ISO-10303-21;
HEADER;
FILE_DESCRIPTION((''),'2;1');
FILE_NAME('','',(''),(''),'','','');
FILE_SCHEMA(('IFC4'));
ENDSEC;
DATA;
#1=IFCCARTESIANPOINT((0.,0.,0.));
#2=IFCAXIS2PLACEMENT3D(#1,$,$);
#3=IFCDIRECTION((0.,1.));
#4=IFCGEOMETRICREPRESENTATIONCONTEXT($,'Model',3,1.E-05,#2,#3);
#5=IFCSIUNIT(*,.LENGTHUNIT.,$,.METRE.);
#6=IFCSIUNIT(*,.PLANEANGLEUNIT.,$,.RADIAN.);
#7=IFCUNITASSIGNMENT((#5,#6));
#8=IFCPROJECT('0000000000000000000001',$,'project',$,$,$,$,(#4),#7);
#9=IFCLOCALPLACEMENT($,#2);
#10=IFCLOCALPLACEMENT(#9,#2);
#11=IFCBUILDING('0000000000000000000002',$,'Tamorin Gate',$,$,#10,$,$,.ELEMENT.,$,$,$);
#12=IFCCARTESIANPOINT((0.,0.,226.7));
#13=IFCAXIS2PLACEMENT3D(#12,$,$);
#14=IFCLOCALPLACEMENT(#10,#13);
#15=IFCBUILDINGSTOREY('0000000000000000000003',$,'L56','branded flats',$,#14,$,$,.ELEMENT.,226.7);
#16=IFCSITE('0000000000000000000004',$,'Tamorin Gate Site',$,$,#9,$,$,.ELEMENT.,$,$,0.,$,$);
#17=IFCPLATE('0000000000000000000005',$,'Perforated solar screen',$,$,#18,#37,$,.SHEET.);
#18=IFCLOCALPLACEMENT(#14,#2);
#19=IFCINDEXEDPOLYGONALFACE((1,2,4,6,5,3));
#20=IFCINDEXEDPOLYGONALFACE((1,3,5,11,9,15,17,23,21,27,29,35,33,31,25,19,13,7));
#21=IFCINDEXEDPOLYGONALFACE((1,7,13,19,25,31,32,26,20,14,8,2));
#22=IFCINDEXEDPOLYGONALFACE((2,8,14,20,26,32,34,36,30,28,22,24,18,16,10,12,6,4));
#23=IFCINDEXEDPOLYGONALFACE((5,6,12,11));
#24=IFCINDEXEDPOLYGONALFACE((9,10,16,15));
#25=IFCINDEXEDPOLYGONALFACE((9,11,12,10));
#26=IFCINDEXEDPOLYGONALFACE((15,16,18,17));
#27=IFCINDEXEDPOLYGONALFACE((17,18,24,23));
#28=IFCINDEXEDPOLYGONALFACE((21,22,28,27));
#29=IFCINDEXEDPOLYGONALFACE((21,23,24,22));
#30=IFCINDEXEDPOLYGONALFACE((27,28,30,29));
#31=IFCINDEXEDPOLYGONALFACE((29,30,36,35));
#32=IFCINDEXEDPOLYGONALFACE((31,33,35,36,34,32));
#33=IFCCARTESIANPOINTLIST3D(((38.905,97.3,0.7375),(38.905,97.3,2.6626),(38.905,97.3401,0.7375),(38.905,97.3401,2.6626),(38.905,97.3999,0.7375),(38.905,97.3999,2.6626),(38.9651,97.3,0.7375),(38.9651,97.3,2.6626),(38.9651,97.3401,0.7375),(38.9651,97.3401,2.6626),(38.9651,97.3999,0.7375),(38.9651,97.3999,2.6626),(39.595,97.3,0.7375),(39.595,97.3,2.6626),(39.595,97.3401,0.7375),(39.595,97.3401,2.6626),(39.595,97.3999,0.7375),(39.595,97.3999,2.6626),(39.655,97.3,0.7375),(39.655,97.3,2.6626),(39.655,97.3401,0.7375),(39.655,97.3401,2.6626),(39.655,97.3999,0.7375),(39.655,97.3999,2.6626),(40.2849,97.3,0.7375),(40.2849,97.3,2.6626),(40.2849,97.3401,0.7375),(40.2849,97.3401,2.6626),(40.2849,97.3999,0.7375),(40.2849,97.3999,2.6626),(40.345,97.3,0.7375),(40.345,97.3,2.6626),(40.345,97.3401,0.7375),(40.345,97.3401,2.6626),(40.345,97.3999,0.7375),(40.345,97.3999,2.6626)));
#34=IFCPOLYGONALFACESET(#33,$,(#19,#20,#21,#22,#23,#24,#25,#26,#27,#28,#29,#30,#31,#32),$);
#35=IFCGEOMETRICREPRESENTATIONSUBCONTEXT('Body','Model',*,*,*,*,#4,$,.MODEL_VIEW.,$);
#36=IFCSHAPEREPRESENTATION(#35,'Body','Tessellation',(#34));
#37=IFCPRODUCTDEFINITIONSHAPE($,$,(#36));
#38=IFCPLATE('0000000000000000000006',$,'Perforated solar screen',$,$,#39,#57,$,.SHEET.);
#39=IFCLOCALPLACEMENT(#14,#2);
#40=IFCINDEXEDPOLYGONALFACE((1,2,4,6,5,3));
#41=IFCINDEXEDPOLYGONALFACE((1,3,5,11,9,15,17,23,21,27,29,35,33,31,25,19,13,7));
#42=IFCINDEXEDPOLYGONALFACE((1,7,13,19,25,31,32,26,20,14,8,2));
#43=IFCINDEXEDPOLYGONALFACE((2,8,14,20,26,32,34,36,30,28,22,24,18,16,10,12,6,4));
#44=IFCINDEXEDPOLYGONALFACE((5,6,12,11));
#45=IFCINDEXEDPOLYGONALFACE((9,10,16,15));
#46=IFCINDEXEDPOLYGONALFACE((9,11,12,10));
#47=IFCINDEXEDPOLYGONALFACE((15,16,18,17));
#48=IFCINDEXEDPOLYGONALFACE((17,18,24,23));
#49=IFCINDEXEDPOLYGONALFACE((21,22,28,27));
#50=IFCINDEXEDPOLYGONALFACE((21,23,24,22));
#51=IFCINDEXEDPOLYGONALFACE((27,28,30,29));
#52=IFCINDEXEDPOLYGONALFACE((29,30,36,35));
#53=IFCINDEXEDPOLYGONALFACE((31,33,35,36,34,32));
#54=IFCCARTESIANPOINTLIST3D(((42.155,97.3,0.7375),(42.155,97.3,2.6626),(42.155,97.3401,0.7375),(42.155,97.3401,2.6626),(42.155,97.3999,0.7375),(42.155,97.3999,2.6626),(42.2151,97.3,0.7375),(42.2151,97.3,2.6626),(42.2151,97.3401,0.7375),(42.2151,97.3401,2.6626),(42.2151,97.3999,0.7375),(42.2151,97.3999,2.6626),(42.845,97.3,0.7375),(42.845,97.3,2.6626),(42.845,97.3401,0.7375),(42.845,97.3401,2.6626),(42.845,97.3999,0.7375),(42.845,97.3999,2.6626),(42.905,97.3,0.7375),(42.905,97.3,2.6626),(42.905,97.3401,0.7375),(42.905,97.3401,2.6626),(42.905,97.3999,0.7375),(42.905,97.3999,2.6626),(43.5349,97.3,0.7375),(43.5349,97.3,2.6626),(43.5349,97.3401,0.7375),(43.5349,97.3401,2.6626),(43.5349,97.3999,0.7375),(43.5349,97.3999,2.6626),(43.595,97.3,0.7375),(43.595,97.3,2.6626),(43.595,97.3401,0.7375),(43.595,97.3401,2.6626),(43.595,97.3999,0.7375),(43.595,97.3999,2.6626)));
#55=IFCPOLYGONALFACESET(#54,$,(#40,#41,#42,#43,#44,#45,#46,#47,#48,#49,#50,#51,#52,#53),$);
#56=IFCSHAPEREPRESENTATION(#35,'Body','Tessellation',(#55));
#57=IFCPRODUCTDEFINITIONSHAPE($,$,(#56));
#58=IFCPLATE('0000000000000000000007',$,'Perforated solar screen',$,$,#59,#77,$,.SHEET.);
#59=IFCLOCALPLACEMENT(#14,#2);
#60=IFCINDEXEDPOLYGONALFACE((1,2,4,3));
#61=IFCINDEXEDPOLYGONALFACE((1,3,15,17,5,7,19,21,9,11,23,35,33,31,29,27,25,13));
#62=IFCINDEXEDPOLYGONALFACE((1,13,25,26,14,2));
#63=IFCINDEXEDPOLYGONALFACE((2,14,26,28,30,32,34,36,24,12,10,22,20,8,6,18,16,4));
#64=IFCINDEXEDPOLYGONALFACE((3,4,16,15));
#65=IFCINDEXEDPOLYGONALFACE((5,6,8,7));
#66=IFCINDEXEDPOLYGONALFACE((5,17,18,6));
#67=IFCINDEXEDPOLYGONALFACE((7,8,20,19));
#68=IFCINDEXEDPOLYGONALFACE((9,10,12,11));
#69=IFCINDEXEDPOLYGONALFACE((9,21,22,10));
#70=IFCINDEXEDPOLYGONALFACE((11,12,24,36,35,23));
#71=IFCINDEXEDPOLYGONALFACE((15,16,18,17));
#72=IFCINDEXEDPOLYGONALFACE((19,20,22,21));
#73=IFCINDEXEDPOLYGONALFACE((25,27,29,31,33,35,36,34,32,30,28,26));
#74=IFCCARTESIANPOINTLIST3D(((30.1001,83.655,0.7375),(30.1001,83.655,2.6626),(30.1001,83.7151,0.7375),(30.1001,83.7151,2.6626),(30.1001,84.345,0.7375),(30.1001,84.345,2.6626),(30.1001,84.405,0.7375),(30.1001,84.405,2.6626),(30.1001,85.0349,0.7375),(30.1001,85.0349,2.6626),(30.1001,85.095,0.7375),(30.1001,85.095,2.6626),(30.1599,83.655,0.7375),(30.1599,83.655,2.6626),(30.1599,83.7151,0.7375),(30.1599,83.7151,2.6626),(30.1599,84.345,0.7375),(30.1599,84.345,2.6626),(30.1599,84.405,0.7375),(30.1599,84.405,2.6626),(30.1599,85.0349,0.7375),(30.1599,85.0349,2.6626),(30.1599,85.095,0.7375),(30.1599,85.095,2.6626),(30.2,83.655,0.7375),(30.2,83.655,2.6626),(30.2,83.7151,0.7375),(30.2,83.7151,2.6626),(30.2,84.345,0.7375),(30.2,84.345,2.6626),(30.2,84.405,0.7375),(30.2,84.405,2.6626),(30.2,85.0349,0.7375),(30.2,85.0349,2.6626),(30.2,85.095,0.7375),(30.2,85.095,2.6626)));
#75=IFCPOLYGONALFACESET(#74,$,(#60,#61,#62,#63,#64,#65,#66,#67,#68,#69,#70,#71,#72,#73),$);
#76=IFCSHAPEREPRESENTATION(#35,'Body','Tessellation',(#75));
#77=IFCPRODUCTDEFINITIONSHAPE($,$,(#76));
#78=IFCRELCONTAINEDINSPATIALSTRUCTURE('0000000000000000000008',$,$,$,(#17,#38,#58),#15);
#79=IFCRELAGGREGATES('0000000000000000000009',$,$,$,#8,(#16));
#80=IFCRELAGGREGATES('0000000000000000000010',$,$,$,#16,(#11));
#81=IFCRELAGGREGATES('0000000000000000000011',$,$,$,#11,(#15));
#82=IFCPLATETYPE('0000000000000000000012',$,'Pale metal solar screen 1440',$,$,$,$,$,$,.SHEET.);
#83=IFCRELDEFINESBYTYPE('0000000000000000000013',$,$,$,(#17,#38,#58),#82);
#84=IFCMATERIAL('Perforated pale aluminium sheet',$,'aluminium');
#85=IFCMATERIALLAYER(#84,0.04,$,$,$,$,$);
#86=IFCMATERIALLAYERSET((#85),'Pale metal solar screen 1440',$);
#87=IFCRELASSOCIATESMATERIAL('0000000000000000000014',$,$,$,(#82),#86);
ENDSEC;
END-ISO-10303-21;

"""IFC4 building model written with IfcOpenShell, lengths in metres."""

from ifc_helpers import new_model, si_unit, direction, frame, origin, place, context, subcontext, project, spatial, polyline, outline, extrude, material, layer, layer_set, type_object, element, save


model = new_model("IFC4")

# Units and contexts
model_context = context("Model", 3, precision=1e-05, world=origin(), true_north=direction((0.0, 1.0)))
body_context = subcontext(model_context, "Body", "Model", "MODEL_VIEW")
ifc_project = project(units=[si_unit("LENGTHUNIT", "METRE"), si_unit("PLANEANGLEUNIT", "RADIAN")], contexts=[model_context])

# Site, building, storey
site_placement = place(None, origin())
site = spatial("IfcSite", under=ifc_project, at=site_placement, Name="Tamorin Gate Site", CompositionType="ELEMENT", RefElevation=0.0)
building_placement = place(site_placement, origin())
building = spatial("IfcBuilding", under=site, at=building_placement, Name="Tamorin Gate", CompositionType="ELEMENT")
storey_placement = place(building_placement, frame((0.0, 0.0, 226.7)))
storey = spatial("IfcBuildingStorey", under=building, at=storey_placement, Name="L56", Description="branded flats", CompositionType="ELEMENT", Elevation=226.7)

# Plates
ifc_material_1 = material(Name="Perforated pale aluminium sheet", Category="aluminium")
ifc_layer_1 = layer(ifc_material_1, 0.04)
ifc_layer_set_1 = layer_set([ifc_layer_1], Name="Pale metal solar screen 1440")
plate_type = type_object("IfcPlateType", Name="Pale metal solar screen 1440", PredefinedType="SHEET", material=ifc_layer_set_1)
plate_1_placement = place(storey_placement, frame((0.0, 0.0, 0.7375)))
element("IfcPlate", 1, at=plate_1_placement, inside=storey, type_object=plate_type, Name="Perforated solar screen", PredefinedType="SHEET", context=body_context, shape_type="SweptSolid", body=[
    extrude(outline(polyline([(40.345, 97.3401), (40.345, 97.3), (40.2849, 97.3), (39.655, 97.3), (39.595, 97.3), (38.9651, 97.3), (38.905, 97.3), (38.905, 97.3401), (38.905, 97.3999), (38.9651, 97.3999), (38.9651, 97.3401), (39.595, 97.3401), (39.595, 97.3999), (39.655, 97.3999), (39.655, 97.3401), (40.2849, 97.3401), (40.2849, 97.3999), (40.345, 97.3999), (40.345, 97.3401)])), origin(), (0.0, 0.0, 1.0), 1.925),
])
plate_2_placement = place(storey_placement, frame((0.0, 0.0, 0.7375)))
element("IfcPlate", 2, at=plate_2_placement, inside=storey, type_object=plate_type, Name="Perforated solar screen", PredefinedType="SHEET", context=body_context, shape_type="SweptSolid", body=[
    extrude(outline(polyline([(43.595, 97.3401), (43.595, 97.3), (43.5349, 97.3), (42.905, 97.3), (42.845, 97.3), (42.2151, 97.3), (42.155, 97.3), (42.155, 97.3401), (42.155, 97.3999), (42.2151, 97.3999), (42.2151, 97.3401), (42.845, 97.3401), (42.845, 97.3999), (42.905, 97.3999), (42.905, 97.3401), (43.5349, 97.3401), (43.5349, 97.3999), (43.595, 97.3999), (43.595, 97.3401)])), origin(), (0.0, 0.0, 1.0), 1.925),
])
plate_3_placement = place(storey_placement, frame((0.0, 0.0, 0.7375)))
element("IfcPlate", 3, at=plate_3_placement, inside=storey, type_object=plate_type, Name="Perforated solar screen", PredefinedType="SHEET", context=body_context, shape_type="SweptSolid", body=[
    extrude(outline(polyline([(30.1599, 85.095), (30.2, 85.095), (30.2, 85.0349), (30.2, 84.405), (30.2, 84.345), (30.2, 83.7151), (30.2, 83.655), (30.1599, 83.655), (30.1001, 83.655), (30.1001, 83.7151), (30.1599, 83.7151), (30.1599, 84.345), (30.1001, 84.345), (30.1001, 84.405), (30.1599, 84.405), (30.1599, 85.0349), (30.1001, 85.0349), (30.1001, 85.095), (30.1599, 85.095)])), origin(), (0.0, 0.0, 1.0), 1.925),
])

save(model, "model.ifc")
